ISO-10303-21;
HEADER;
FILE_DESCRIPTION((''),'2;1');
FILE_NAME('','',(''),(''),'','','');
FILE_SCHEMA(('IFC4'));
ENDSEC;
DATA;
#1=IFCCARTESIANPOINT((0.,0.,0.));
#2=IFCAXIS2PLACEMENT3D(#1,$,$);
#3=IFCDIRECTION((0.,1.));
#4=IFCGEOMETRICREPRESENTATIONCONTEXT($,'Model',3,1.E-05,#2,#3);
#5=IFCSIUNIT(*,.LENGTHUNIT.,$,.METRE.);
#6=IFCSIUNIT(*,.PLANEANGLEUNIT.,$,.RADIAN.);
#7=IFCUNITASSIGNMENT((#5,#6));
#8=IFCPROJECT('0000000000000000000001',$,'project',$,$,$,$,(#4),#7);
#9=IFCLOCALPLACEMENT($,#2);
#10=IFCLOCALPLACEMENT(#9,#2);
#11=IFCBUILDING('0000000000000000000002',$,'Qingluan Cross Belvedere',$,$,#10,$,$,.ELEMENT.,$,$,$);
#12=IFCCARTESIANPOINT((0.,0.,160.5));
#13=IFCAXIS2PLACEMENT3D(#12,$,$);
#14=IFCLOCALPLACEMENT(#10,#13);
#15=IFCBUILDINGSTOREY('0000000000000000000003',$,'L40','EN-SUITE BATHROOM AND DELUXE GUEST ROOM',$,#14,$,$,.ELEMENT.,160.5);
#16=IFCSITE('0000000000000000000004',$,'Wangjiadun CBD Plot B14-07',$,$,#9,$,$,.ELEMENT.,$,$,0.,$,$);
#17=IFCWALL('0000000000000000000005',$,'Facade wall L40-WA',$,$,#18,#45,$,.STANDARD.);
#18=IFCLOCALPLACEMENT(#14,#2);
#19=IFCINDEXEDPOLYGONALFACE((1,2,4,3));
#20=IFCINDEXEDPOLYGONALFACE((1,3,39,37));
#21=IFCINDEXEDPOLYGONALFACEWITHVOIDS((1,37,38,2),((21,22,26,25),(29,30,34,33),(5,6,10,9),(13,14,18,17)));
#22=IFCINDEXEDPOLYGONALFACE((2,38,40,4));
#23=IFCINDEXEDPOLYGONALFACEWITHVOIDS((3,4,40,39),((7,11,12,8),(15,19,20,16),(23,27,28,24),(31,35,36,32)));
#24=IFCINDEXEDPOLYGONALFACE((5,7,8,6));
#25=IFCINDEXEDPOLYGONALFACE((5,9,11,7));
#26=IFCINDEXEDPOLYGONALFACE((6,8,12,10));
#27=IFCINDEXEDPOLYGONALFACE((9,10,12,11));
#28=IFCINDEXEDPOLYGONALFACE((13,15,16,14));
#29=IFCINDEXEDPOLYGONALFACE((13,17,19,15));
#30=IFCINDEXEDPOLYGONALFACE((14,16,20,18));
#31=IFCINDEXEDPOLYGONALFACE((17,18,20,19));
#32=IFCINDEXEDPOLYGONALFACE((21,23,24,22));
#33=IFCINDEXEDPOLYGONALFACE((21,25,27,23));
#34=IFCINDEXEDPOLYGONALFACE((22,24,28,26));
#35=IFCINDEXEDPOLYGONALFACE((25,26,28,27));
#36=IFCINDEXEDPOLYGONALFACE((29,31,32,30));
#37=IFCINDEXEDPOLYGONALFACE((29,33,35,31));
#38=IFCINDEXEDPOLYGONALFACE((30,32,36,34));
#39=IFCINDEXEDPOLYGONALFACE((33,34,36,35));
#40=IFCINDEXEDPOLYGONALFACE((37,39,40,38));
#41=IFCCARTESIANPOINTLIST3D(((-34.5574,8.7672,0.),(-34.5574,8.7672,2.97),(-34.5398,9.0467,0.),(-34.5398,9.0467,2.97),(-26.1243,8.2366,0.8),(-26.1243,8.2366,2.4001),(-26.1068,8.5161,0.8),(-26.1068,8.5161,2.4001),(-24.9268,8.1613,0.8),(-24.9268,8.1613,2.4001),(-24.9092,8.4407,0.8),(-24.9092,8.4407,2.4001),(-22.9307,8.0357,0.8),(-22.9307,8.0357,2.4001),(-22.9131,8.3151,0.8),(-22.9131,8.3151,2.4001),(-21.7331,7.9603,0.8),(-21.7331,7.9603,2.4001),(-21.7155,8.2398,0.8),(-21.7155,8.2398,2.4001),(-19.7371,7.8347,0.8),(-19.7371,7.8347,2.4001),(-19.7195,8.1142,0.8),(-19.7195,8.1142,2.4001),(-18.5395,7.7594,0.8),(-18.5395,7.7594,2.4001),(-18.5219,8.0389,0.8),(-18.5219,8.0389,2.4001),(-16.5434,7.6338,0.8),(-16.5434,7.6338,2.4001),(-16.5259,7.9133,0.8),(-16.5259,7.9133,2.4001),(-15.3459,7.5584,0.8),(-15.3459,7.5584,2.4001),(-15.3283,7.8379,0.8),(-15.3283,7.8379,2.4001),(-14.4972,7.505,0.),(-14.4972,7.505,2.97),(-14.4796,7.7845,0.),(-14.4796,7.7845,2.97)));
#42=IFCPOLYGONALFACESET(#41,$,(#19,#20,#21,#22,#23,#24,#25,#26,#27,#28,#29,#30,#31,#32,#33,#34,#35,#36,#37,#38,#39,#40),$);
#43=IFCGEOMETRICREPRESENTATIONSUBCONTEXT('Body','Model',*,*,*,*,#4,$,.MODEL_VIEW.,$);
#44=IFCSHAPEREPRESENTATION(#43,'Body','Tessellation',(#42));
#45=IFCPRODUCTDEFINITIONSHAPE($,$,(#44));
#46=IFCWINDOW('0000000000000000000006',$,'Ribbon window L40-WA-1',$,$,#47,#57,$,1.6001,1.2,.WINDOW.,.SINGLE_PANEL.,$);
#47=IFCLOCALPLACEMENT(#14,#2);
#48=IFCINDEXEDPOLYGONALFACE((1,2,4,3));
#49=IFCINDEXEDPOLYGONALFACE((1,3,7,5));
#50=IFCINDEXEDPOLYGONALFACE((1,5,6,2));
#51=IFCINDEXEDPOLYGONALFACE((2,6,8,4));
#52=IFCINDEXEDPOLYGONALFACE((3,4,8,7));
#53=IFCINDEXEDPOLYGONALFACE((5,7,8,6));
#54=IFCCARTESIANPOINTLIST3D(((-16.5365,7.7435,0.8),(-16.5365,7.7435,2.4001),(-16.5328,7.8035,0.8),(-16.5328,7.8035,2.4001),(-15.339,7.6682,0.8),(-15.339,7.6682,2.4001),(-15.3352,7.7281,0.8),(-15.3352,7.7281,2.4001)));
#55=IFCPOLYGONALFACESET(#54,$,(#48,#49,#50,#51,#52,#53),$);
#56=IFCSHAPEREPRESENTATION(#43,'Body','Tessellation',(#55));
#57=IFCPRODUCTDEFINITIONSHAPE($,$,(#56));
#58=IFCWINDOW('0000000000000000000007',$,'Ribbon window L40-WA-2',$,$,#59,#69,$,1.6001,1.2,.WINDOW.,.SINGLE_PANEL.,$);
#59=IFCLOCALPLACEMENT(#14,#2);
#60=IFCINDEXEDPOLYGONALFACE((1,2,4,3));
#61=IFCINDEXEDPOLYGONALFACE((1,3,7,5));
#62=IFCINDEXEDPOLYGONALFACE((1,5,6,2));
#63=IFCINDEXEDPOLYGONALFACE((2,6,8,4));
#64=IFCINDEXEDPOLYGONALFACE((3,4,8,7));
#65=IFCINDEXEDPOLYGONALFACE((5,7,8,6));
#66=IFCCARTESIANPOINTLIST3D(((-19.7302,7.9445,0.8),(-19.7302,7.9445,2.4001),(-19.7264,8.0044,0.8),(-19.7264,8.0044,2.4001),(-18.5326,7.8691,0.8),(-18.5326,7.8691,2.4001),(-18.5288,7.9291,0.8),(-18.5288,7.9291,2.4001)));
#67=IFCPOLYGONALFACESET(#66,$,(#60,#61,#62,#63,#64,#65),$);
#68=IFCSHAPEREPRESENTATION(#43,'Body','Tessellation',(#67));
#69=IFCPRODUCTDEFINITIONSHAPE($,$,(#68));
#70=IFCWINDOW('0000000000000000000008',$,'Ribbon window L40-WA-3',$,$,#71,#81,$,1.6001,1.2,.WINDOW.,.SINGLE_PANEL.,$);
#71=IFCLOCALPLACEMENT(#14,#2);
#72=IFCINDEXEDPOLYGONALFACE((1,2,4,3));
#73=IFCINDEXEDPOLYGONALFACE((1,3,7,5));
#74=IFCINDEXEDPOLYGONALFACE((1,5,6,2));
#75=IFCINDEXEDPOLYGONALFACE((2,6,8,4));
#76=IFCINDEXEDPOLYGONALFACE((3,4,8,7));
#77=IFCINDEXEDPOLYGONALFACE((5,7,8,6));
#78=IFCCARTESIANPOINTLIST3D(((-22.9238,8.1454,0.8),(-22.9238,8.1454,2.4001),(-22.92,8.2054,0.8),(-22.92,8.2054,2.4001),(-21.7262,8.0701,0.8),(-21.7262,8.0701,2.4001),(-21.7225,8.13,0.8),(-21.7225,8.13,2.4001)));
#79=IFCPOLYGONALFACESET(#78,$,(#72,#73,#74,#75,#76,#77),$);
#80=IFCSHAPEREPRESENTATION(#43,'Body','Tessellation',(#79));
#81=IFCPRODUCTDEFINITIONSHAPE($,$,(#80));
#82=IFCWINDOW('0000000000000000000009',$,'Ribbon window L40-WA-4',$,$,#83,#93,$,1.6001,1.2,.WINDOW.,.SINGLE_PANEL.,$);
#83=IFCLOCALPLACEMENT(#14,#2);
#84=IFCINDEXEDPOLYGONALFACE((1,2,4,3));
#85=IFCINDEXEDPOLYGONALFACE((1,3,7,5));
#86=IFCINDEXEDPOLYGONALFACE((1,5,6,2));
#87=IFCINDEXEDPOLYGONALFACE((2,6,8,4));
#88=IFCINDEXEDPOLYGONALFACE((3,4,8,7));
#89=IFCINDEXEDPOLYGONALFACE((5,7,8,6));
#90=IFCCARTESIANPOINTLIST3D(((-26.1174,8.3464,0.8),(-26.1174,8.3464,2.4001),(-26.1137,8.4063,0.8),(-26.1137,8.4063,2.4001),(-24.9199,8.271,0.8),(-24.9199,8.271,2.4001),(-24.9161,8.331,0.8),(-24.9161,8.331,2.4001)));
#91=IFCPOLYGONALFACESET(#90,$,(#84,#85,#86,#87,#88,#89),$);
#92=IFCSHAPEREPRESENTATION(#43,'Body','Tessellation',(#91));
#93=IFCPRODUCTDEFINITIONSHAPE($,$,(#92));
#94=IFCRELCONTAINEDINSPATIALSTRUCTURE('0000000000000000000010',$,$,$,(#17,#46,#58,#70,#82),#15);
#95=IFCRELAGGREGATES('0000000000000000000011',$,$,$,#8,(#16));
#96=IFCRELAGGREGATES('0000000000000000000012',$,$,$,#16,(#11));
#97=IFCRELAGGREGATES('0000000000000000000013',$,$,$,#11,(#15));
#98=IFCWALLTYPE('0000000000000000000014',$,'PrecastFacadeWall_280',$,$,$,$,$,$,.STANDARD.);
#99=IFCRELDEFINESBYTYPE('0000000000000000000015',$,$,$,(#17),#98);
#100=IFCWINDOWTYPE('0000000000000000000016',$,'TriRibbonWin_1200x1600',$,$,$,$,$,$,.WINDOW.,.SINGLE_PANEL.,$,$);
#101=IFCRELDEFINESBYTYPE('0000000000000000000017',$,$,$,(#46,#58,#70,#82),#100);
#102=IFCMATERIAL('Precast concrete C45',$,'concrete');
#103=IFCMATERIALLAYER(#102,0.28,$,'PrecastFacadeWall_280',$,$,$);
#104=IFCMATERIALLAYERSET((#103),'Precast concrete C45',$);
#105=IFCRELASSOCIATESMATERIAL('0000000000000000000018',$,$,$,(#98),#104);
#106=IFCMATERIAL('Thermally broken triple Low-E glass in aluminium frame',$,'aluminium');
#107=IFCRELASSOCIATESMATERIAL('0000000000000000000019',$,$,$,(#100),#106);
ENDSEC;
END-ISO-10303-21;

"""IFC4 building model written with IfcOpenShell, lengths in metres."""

from ifc_helpers import new_model, si_unit, direction, frame, frame_2d, origin, place, context, subcontext, project, spatial, rectangle, extrude, material, layer, layer_set, type_object, element, fill, save


model = new_model("IFC4")

# Units and contexts
model_context = context("Model", 3, precision=1e-05, world=origin(), true_north=direction((0.0, 1.0)))
body_context = subcontext(model_context, "Body", "Model", "MODEL_VIEW")
ifc_project = project(units=[si_unit("LENGTHUNIT", "METRE"), si_unit("PLANEANGLEUNIT", "RADIAN")], contexts=[model_context])

# Site, building, storey
site_placement = place(None, origin())
site = spatial("IfcSite", under=ifc_project, at=site_placement, Name="Wangjiadun CBD Plot B14-07", CompositionType="ELEMENT", RefElevation=0.0)
building_placement = place(site_placement, origin())
building = spatial("IfcBuilding", under=site, at=building_placement, Name="Qingluan Cross Belvedere", CompositionType="ELEMENT")
storey_placement = place(building_placement, frame((0.0, 0.0, 160.5)))
storey = spatial("IfcBuildingStorey", under=building, at=storey_placement, Name="L40", Description="EN-SUITE BATHROOM AND DELUXE GUEST ROOM", CompositionType="ELEMENT", Elevation=160.5)

# Wall, openings, windows
ifc_material_1 = material(Name="Precast concrete C45", Category="concrete")
ifc_layer_1 = layer(ifc_material_1, 0.28, Name="PrecastFacadeWall_280")
ifc_layer_set_1 = layer_set([ifc_layer_1], Name="Precast concrete C45")
wall_type_1 = type_object("IfcWallType", Name="PrecastFacadeWall_280", PredefinedType="STANDARD", material=ifc_layer_set_1)
wall_1_placement = place(storey_placement, frame((-14.4885, 7.6448, 0.0), z_axis=(0.0, 0.0, 1.0), x_axis=(-0.998026, 0.062796, 0.0)))
wall_1 = element("IfcWall", 1, at=wall_1_placement, inside=storey, type_object=wall_type_1, Name="Facade wall L40-WA", PredefinedType="STANDARD", context=body_context, shape_type="SweptSolid", body=[
    extrude(rectangle(XDim=20.0999, YDim=0.28, at=frame_2d((10.0498, 0.0))), origin(), (0.0, 0.0, 1.0), 2.97),
])
opening_1_placement = place(wall_1_placement, frame((0.8501, 0.0, 0.8)))
opening_1 = element("IfcOpeningElement", 2, at=opening_1_placement, cuts=wall_1, PredefinedType="OPENING", context=body_context, shape_type="SweptSolid", body=[
    extrude(rectangle(XDim=1.2, YDim=1.6001, at=frame_2d((0.6001, 0.8))), frame((0.0, 0.1499, 0.0), z_axis=(0.0, -1.0, 0.0), x_axis=(1.0, 0.0, 0.0)), (0.0, 0.0, 1.0), 0.3),
])
opening_2_placement = place(wall_1_placement, frame((4.05, 0.0, 0.8)))
opening_2 = element("IfcOpeningElement", 3, at=opening_2_placement, cuts=wall_1, PredefinedType="OPENING", context=body_context, shape_type="SweptSolid", body=[
    extrude(rectangle(XDim=1.2, YDim=1.6001, at=frame_2d((0.6001, 0.8))), frame((0.0, 0.1499, 0.0), z_axis=(0.0, -1.0, 0.0), x_axis=(1.0, 0.0, 0.0)), (0.0, 0.0, 1.0), 0.3),
])
opening_3_placement = place(wall_1_placement, frame((7.25, 0.0, 0.8)))
opening_3 = element("IfcOpeningElement", 4, at=opening_3_placement, cuts=wall_1, PredefinedType="OPENING", context=body_context, shape_type="SweptSolid", body=[
    extrude(rectangle(XDim=1.2, YDim=1.6001, at=frame_2d((0.6001, 0.8))), frame((0.0, 0.1499, 0.0), z_axis=(0.0, -1.0, 0.0), x_axis=(1.0, 0.0, 0.0)), (0.0, 0.0, 1.0), 0.3),
])
opening_4_placement = place(wall_1_placement, frame((10.45, 0.0, 0.8)))
opening_4 = element("IfcOpeningElement", 5, at=opening_4_placement, cuts=wall_1, PredefinedType="OPENING", context=body_context, shape_type="SweptSolid", body=[
    extrude(rectangle(XDim=1.2, YDim=1.6001, at=frame_2d((0.6001, 0.8))), frame((0.0, 0.1499, 0.0), z_axis=(0.0, -1.0, 0.0), x_axis=(1.0, 0.0, 0.0)), (0.0, 0.0, 1.0), 0.3),
])
ifc_material_2 = material(Name="Thermally broken triple Low-E glass in aluminium frame", Category="aluminium")
window_type = type_object("IfcWindowType", Name="TriRibbonWin_1200x1600", PartitioningType="SINGLE_PANEL", PredefinedType="WINDOW", material=ifc_material_2)
window_1_placement = place(opening_1_placement, origin())
window_1 = element("IfcWindow", 6, at=window_1_placement, inside=storey, type_object=window_type, Name="Ribbon window L40-WA-1", OverallHeight=1.6001, OverallWidth=1.2, PartitioningType="SINGLE_PANEL", PredefinedType="WINDOW", context=body_context, shape_type="SweptSolid", body=[
    extrude(rectangle(XDim=1.2, YDim=1.6001, at=frame_2d((0.6001, 0.8))), frame((0.0, 0.03, 0.0), z_axis=(0.0, -1.0, 0.0), x_axis=(1.0, 0.0, 0.0)), (0.0, 0.0, 1.0), 0.0601),
])
fill(opening_1, window_1)
window_2_placement = place(opening_2_placement, origin())
window_2 = element("IfcWindow", 7, at=window_2_placement, inside=storey, type_object=window_type, Name="Ribbon window L40-WA-2", OverallHeight=1.6001, OverallWidth=1.2, PartitioningType="SINGLE_PANEL", PredefinedType="WINDOW", context=body_context, shape_type="SweptSolid", body=[
    extrude(rectangle(XDim=1.2, YDim=1.6001, at=frame_2d((0.6001, 0.8))), frame((0.0, 0.03, 0.0), z_axis=(0.0, -1.0, 0.0), x_axis=(1.0, 0.0, 0.0)), (0.0, 0.0, 1.0), 0.0601),
])
fill(opening_2, window_2)
window_3_placement = place(opening_3_placement, origin())
window_3 = element("IfcWindow", 8, at=window_3_placement, inside=storey, type_object=window_type, Name="Ribbon window L40-WA-3", OverallHeight=1.6001, OverallWidth=1.2, PartitioningType="SINGLE_PANEL", PredefinedType="WINDOW", context=body_context, shape_type="SweptSolid", body=[
    extrude(rectangle(XDim=1.2, YDim=1.6001, at=frame_2d((0.6001, 0.8))), frame((0.0, 0.03, 0.0), z_axis=(0.0, -1.0, 0.0), x_axis=(1.0, 0.0, 0.0)), (0.0, 0.0, 1.0), 0.0601),
])
fill(opening_3, window_3)
window_4_placement = place(opening_4_placement, origin())
window_4 = element("IfcWindow", 9, at=window_4_placement, inside=storey, type_object=window_type, Name="Ribbon window L40-WA-4", OverallHeight=1.6001, OverallWidth=1.2, PartitioningType="SINGLE_PANEL", PredefinedType="WINDOW", context=body_context, shape_type="SweptSolid", body=[
    extrude(rectangle(XDim=1.2, YDim=1.6001, at=frame_2d((0.6001, 0.8))), frame((0.0, 0.03, 0.0), z_axis=(0.0, -1.0, 0.0), x_axis=(1.0, 0.0, 0.0)), (0.0, 0.0, 1.0), 0.0601),
])
fill(opening_4, window_4)

save(model, "model.ifc")
